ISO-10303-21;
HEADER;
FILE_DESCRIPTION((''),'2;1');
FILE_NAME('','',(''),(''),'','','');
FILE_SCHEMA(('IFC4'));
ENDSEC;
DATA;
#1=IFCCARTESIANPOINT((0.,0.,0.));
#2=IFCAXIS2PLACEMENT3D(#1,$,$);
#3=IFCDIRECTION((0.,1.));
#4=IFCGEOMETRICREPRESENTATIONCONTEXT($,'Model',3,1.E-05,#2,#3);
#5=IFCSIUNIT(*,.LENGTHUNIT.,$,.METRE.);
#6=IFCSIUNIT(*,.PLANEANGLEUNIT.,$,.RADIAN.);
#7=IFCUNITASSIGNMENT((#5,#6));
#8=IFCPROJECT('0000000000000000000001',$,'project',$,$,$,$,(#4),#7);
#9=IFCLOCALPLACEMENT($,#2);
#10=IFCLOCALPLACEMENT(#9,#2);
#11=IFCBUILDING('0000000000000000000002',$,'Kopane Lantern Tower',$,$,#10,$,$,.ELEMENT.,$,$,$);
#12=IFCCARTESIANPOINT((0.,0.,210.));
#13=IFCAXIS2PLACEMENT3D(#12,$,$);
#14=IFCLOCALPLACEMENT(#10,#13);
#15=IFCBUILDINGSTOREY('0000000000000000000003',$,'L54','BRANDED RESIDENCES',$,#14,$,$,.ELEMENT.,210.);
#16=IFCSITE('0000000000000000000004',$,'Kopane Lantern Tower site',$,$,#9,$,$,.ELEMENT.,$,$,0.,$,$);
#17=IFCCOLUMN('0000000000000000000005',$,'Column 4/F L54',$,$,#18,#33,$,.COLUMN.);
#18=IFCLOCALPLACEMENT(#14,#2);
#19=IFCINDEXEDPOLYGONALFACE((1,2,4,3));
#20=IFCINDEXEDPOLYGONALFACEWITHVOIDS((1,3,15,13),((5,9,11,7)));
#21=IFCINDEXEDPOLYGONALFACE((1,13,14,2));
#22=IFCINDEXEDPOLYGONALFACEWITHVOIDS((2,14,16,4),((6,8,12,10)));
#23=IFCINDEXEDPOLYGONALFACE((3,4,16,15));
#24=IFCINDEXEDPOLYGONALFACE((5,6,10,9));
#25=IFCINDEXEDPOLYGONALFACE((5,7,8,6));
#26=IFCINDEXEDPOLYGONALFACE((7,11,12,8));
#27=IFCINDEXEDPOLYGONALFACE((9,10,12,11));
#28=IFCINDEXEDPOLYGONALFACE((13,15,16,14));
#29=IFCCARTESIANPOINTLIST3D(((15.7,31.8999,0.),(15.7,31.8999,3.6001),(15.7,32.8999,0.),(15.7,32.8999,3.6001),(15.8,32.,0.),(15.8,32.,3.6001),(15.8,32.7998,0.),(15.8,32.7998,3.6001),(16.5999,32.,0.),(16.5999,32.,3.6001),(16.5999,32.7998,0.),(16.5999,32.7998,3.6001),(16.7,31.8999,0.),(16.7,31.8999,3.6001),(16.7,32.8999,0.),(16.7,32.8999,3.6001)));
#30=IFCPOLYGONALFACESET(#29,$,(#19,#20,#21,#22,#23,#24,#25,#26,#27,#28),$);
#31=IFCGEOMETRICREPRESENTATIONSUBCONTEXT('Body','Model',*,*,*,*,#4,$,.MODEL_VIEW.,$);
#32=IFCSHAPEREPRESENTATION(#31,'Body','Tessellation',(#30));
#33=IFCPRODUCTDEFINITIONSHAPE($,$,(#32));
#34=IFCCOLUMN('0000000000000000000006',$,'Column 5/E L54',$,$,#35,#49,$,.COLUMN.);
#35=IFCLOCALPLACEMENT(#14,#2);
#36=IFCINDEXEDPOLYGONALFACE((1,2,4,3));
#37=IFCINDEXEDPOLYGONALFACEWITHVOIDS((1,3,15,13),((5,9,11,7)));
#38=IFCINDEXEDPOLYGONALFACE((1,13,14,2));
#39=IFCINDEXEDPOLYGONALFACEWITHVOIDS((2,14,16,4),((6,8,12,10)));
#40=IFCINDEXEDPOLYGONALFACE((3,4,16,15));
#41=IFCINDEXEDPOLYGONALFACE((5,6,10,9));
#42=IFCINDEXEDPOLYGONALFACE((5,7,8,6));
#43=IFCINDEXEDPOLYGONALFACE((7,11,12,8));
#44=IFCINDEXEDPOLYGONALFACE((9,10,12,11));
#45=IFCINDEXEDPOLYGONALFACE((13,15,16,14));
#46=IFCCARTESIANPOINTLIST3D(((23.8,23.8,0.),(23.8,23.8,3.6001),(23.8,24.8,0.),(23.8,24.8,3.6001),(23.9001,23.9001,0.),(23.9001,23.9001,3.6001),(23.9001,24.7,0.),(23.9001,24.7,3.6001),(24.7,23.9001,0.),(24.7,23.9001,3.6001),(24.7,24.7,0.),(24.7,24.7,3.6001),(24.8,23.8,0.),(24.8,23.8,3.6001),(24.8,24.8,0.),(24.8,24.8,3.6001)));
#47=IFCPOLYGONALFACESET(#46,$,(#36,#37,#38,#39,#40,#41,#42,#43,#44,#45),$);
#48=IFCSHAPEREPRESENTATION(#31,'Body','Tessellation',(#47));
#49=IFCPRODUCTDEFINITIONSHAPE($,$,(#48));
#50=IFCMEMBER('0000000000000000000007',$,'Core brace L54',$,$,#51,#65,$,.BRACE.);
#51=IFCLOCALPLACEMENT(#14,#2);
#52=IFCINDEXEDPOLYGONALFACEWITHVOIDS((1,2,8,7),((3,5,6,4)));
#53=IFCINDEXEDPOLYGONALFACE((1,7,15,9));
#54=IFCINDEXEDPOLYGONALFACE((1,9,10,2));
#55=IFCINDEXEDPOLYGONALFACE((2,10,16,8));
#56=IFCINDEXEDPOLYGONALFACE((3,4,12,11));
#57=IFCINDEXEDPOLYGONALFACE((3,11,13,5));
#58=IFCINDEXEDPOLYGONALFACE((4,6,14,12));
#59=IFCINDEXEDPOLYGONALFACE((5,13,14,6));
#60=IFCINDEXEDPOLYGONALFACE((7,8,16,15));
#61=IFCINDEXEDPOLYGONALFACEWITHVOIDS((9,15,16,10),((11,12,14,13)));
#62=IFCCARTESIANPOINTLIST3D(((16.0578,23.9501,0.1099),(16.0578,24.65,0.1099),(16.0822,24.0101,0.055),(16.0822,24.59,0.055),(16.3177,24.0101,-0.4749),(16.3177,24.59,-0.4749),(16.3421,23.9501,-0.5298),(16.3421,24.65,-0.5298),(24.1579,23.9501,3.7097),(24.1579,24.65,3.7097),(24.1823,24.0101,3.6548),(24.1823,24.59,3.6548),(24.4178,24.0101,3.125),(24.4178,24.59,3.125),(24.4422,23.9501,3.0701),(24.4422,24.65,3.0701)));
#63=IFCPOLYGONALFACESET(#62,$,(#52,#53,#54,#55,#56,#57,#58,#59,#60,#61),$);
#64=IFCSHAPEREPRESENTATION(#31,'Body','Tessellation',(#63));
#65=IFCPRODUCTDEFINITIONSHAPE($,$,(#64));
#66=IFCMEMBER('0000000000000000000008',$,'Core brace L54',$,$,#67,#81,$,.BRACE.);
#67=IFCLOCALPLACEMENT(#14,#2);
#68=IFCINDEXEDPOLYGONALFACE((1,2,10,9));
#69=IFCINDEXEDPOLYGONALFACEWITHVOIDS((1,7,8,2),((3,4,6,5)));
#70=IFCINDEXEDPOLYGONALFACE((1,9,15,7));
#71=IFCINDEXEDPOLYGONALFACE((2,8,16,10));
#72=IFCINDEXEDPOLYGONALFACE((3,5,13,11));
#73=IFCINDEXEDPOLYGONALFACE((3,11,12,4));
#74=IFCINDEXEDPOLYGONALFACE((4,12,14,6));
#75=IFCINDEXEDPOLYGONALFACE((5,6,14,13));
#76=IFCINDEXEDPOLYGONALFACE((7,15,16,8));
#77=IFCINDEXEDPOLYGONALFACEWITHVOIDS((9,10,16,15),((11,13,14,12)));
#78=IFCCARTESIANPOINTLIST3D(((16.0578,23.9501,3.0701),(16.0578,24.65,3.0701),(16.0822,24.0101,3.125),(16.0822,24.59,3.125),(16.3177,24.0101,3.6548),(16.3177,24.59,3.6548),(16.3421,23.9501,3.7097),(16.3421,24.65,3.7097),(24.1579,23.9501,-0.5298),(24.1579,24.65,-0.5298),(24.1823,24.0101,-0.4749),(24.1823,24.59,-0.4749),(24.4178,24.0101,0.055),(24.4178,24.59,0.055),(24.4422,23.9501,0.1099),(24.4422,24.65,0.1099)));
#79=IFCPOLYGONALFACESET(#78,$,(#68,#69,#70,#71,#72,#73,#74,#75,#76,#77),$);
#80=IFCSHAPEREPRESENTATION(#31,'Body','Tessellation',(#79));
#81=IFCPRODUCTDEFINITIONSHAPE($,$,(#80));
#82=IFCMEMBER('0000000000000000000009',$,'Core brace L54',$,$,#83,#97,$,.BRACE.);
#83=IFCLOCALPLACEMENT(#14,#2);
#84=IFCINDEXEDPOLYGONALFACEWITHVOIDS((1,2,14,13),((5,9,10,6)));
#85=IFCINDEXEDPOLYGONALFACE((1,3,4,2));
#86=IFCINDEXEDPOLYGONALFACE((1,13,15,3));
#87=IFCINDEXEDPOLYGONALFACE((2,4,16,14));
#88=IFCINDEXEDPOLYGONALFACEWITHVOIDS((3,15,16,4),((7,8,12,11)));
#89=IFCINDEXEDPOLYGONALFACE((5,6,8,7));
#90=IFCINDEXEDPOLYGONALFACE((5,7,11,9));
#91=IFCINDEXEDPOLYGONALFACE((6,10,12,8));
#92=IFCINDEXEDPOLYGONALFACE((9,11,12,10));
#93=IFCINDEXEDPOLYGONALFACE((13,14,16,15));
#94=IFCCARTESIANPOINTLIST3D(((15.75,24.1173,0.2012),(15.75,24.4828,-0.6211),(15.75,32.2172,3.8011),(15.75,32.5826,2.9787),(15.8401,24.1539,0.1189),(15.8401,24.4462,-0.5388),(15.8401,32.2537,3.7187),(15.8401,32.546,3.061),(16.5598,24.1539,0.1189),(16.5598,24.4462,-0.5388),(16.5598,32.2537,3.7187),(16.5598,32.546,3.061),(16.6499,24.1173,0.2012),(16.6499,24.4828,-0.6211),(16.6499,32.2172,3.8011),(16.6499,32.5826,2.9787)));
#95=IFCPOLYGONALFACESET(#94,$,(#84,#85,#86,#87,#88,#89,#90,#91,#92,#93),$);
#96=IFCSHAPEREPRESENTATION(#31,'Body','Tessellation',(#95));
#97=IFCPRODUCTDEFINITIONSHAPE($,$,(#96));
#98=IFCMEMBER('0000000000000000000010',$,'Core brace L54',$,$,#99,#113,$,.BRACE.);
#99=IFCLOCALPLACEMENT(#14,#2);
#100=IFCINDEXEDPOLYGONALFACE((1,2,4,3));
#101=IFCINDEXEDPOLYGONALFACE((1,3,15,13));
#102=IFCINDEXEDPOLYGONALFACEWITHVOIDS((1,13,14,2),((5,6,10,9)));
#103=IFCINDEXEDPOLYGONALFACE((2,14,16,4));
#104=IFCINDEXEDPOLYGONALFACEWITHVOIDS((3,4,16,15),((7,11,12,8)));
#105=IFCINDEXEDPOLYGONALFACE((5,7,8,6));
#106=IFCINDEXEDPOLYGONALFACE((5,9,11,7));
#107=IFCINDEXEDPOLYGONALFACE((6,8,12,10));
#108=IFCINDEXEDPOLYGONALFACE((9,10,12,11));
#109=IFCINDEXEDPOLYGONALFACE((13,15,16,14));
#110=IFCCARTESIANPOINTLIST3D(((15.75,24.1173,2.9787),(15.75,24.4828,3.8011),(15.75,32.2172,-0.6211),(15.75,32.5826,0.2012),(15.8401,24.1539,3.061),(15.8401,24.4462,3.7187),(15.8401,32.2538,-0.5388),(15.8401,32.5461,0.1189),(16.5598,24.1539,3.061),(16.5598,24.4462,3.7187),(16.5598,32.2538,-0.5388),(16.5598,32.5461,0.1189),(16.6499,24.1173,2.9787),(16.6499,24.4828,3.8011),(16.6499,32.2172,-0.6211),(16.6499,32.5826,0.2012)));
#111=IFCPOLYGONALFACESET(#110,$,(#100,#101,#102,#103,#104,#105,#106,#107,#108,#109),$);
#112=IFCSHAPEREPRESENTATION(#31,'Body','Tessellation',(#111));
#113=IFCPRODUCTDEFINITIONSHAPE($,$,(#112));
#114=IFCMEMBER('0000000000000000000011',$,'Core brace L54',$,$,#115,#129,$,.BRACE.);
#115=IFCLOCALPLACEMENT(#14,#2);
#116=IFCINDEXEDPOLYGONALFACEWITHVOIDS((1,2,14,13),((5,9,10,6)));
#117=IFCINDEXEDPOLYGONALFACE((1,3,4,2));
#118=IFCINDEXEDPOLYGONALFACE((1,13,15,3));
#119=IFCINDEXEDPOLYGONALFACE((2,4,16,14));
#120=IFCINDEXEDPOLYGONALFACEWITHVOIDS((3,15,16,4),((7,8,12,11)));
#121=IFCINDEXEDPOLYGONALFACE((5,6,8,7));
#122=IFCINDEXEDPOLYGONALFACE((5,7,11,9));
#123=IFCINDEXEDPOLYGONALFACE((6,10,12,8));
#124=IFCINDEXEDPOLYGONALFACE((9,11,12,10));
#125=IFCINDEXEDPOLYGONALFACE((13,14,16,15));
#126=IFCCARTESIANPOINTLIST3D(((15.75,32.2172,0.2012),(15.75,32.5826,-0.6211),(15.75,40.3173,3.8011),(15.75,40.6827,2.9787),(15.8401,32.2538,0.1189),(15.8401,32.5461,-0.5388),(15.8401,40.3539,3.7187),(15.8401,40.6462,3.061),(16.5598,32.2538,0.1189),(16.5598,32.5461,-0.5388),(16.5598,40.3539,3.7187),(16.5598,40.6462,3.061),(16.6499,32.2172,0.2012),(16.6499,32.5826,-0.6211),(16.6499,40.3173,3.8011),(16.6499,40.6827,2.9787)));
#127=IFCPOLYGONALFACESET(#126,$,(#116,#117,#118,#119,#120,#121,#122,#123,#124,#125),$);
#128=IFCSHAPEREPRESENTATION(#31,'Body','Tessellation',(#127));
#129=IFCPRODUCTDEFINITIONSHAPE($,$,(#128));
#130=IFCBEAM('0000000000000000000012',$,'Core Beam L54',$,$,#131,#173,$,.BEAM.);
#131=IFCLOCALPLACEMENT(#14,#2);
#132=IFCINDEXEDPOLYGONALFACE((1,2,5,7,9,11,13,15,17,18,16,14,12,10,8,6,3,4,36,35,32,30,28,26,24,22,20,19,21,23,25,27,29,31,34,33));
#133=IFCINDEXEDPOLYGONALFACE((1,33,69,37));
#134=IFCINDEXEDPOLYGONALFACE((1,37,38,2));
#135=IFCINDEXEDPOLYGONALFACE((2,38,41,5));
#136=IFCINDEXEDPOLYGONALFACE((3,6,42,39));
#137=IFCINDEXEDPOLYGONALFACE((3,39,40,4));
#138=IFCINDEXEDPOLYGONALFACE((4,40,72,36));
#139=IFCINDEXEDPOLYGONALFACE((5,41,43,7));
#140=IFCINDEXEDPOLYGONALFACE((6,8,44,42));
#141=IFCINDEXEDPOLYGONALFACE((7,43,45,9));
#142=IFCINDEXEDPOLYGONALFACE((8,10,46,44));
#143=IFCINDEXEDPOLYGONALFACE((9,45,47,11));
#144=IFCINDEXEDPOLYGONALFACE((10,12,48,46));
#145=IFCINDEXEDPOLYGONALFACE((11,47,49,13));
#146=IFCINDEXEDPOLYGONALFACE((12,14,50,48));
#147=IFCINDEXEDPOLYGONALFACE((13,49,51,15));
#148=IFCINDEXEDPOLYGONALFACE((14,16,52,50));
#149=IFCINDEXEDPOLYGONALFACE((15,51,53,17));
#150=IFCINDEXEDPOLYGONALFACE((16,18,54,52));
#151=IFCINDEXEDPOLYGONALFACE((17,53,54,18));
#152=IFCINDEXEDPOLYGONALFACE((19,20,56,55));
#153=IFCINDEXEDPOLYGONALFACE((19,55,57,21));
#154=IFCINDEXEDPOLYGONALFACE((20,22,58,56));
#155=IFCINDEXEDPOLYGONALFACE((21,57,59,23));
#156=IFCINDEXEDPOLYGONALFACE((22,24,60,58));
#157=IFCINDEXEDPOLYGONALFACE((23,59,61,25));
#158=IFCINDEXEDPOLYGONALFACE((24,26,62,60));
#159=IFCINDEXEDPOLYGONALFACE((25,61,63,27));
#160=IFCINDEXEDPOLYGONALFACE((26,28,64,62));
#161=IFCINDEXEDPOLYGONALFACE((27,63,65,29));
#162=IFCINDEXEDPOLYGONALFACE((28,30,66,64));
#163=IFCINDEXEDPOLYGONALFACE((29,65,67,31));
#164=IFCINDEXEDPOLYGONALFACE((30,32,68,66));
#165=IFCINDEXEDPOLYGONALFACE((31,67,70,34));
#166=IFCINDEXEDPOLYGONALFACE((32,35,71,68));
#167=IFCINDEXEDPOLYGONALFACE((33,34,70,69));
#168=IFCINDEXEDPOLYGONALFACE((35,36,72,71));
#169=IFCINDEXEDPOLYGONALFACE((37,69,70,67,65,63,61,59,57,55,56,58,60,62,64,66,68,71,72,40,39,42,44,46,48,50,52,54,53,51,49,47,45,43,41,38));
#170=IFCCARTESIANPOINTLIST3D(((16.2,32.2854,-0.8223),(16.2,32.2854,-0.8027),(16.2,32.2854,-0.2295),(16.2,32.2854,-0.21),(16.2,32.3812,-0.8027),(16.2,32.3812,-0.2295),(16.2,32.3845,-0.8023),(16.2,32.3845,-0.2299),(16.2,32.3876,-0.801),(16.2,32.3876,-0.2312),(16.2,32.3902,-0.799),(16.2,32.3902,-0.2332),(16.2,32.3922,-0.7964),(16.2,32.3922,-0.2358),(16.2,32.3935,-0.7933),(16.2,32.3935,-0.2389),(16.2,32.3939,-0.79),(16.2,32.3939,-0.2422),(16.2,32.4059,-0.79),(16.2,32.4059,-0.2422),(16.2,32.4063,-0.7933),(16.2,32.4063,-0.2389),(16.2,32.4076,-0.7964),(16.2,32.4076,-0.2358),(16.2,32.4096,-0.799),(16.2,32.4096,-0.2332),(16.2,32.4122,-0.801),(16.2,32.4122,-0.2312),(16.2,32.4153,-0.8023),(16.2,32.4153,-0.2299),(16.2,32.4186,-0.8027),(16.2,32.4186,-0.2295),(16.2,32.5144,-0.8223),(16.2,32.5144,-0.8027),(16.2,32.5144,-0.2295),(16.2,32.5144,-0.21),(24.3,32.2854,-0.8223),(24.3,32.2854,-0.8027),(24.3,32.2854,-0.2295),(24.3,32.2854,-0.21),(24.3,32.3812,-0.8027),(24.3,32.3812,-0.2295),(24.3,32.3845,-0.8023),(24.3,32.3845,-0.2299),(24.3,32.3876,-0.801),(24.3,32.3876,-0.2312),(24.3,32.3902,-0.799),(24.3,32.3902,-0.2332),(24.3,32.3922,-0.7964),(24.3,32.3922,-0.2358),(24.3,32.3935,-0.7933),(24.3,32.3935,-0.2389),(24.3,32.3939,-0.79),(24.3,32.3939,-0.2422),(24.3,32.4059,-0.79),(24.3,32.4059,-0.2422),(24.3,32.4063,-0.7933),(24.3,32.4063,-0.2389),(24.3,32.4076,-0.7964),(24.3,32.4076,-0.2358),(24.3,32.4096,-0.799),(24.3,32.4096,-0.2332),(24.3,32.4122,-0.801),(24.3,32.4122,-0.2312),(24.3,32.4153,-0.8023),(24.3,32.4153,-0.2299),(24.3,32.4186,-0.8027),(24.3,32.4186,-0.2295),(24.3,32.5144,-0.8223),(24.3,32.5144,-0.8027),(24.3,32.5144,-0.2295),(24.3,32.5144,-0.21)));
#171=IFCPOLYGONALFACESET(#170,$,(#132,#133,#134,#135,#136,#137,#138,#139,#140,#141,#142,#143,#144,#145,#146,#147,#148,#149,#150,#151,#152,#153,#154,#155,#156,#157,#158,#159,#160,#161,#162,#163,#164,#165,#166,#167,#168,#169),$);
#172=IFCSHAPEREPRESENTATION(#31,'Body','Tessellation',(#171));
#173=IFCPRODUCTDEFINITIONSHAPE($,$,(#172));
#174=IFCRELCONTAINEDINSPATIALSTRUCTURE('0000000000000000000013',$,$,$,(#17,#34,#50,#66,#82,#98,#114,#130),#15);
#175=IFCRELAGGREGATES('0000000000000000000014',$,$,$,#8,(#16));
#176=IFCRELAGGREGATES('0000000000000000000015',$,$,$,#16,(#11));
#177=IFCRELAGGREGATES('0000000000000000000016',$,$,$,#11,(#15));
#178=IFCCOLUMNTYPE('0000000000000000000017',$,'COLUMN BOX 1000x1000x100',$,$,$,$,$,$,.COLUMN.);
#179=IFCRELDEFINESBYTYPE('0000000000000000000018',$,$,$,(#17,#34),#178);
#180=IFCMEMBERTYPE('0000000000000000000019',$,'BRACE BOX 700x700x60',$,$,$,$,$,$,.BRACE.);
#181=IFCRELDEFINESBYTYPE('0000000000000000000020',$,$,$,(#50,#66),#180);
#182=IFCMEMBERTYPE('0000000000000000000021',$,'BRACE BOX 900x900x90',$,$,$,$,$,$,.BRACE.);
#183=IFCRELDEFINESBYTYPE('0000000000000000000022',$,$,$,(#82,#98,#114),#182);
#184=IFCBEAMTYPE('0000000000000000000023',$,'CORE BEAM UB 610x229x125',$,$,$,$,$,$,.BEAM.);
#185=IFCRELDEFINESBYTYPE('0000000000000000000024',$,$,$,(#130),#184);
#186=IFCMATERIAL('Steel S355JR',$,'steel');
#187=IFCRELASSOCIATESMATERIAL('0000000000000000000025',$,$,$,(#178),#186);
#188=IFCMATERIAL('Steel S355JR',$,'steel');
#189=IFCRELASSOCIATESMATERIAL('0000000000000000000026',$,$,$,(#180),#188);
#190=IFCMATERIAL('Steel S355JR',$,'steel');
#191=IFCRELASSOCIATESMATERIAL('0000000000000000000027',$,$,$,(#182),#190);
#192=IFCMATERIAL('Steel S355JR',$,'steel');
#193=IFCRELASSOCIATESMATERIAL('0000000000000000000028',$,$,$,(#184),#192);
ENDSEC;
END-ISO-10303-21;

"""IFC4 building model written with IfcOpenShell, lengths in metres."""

from ifc_helpers import new_model, si_unit, direction, frame, origin, origin_2d, place, context, subcontext, project, spatial, hollow_rectangle, i_section, extrude, material, material_profile, profile_set, type_object, element, save


model = new_model("IFC4")

# Units and contexts
model_context = context("Model", 3, precision=1e-05, world=origin(), true_north=direction((0.0, 1.0)))
body_context = subcontext(model_context, "Body", "Model", "MODEL_VIEW")
ifc_project = project(units=[si_unit("LENGTHUNIT", "METRE"), si_unit("PLANEANGLEUNIT", "RADIAN")], contexts=[model_context])

# Site, building, storey
site_placement = place(None, origin())
site = spatial("IfcSite", under=ifc_project, at=site_placement, Name="Kopane Lantern Tower site", CompositionType="ELEMENT", RefElevation=0.0)
building_placement = place(site_placement, origin())
building = spatial("IfcBuilding", under=site, at=building_placement, Name="Kopane Lantern Tower", CompositionType="ELEMENT")
storey_placement = place(building_placement, frame((0.0, 0.0, 210.0)))
storey = spatial("IfcBuildingStorey", under=building, at=storey_placement, Name="L54", Description="BRANDED RESIDENCES", CompositionType="ELEMENT", Elevation=210.0)

# Columns
ifc_material_1 = material(Name="Steel S355JR", Category="steel")
ifc_material_profile_1 = material_profile(ifc_material_1, hollow_rectangle(XDim=1.0, YDim=1.0, WallThickness=0.1001, at=origin_2d()), Name="BOX 1000x1000x100")
ifc_profile_set_1 = profile_set([ifc_material_profile_1], Name="Steel S355JR")
column_type = type_object("IfcColumnType", Name="COLUMN BOX 1000x1000x100", PredefinedType="COLUMN", material=ifc_profile_set_1)
for number, where, z_axis, x_axis, name in (
    (1, (16.2, 32.3999, 0.0), (0.0, 0.0, 1.0), (1.0, 0.0, 0.0), "Column 4/F L54"),
    (2, (24.3, 24.3, 0.0), (0.0, 0.0, 1.0), (1.0, 0.0, 0.0), "Column 5/E L54"),
):
    element("IfcColumn", number, at=place(storey_placement, frame(where, z_axis=z_axis, x_axis=x_axis)), inside=storey, type_object=column_type, Name=name, PredefinedType="COLUMN", context=body_context, shape_type="SweptSolid", body=[
        extrude(hollow_rectangle(XDim=1.0, YDim=1.0, WallThickness=0.1001, at=origin_2d()), origin(), (0.0, 0.0, 1.0), 3.6001),
    ])

# Members
ifc_material_2 = material(Name="Steel S355JR", Category="steel")
ifc_material_profile_2 = material_profile(ifc_material_2, hollow_rectangle(XDim=0.7, YDim=0.7, WallThickness=0.0601, at=origin_2d()), Name="BOX 700x700x60")
ifc_profile_set_2 = profile_set([ifc_material_profile_2], Name="Steel S355JR")
member_type_1 = type_object("IfcMemberType", Name="BRACE BOX 700x700x60", PredefinedType="BRACE", material=ifc_profile_set_2)
for number, where, z_axis, x_axis, name in (
    (3, (16.2, 24.3, -0.21), (0.913819, 0.0, 0.406121), (0.0, 1.0, 0.0), "Core brace L54"),
    (4, (24.3, 24.3, -0.21), (-0.913819, 0.0, 0.406121), (0.0, -1.0, 0.0), "Core brace L54"),
):
    element("IfcMember", number, at=place(storey_placement, frame(where, z_axis=z_axis, x_axis=x_axis)), inside=storey, type_object=member_type_1, Name=name, PredefinedType="BRACE", context=body_context, shape_type="SweptSolid", body=[
        extrude(hollow_rectangle(XDim=0.7, YDim=0.7, WallThickness=0.0601, at=origin_2d()), origin(), (0.0, 0.0, 1.0), 8.864),
    ])
ifc_material_3 = material(Name="Steel S355JR", Category="steel")
ifc_material_profile_3 = material_profile(ifc_material_3, hollow_rectangle(XDim=0.8999, YDim=0.8999, WallThickness=0.0901, at=origin_2d()), Name="BOX 900x900x90")
ifc_profile_set_3 = profile_set([ifc_material_profile_3], Name="Steel S355JR")
member_type_2 = type_object("IfcMemberType", Name="BRACE BOX 900x900x90", PredefinedType="BRACE", material=ifc_profile_set_3)
for number, where, z_axis, x_axis, name in (
    (5, (16.2, 24.3, -0.21), (0.0, 0.913815, 0.406131), (-1.0, 0.0, 0.0), "Core brace L54"),
    (6, (16.2, 32.3999, -0.21), (0.0, -0.913815, 0.406131), (1.0, 0.0, 0.0), "Core brace L54"),
):
    element("IfcMember", number, at=place(storey_placement, frame(where, z_axis=z_axis, x_axis=x_axis)), inside=storey, type_object=member_type_2, Name=name, PredefinedType="BRACE", context=body_context, shape_type="SweptSolid", body=[
        extrude(hollow_rectangle(XDim=0.8999, YDim=0.8999, WallThickness=0.0901, at=origin_2d()), origin(), (0.0, 0.0, 1.0), 8.8638),
    ])
member_placement = place(storey_placement, frame((16.2, 32.3999, -0.21), z_axis=(0.0, 0.913819, 0.406121), x_axis=(-1.0, 0.0, 0.0)))
element("IfcMember", 7, at=member_placement, inside=storey, type_object=member_type_2, Name="Core brace L54", PredefinedType="BRACE", context=body_context, shape_type="SweptSolid", body=[
    extrude(hollow_rectangle(XDim=0.8999, YDim=0.8999, WallThickness=0.0901, at=origin_2d()), origin(), (0.0, 0.0, 1.0), 8.864),
])

# Beam
ifc_material_4 = material(Name="Steel S355JR", Category="steel")
ifc_material_profile_4 = material_profile(ifc_material_4, i_section(OverallWidth=0.229, OverallDepth=0.6123, WebThickness=0.012, FlangeThickness=0.0195, FilletRadius=0.0127, at=origin_2d()), Name="UB 610x229x125")
ifc_profile_set_4 = profile_set([ifc_material_profile_4], Name="Steel S355JR")
beam_type_1 = type_object("IfcBeamType", Name="CORE BEAM UB 610x229x125", PredefinedType="BEAM", material=ifc_profile_set_4)
beam_1_placement = place(storey_placement, frame((16.2, 32.3999, -0.5161), z_axis=(1.0, 0.0, 0.0), x_axis=(0.0, 1.0, 0.0)))
element("IfcBeam", 8, at=beam_1_placement, inside=storey, type_object=beam_type_1, Name="Core Beam L54", PredefinedType="BEAM", context=body_context, shape_type="SweptSolid", body=[
    extrude(i_section(OverallWidth=0.229, OverallDepth=0.6123, WebThickness=0.012, FlangeThickness=0.0195, FilletRadius=0.0127, at=origin_2d()), origin(), (0.0, 0.0, 1.0), 8.1001),
])

save(model, "model.ifc")
